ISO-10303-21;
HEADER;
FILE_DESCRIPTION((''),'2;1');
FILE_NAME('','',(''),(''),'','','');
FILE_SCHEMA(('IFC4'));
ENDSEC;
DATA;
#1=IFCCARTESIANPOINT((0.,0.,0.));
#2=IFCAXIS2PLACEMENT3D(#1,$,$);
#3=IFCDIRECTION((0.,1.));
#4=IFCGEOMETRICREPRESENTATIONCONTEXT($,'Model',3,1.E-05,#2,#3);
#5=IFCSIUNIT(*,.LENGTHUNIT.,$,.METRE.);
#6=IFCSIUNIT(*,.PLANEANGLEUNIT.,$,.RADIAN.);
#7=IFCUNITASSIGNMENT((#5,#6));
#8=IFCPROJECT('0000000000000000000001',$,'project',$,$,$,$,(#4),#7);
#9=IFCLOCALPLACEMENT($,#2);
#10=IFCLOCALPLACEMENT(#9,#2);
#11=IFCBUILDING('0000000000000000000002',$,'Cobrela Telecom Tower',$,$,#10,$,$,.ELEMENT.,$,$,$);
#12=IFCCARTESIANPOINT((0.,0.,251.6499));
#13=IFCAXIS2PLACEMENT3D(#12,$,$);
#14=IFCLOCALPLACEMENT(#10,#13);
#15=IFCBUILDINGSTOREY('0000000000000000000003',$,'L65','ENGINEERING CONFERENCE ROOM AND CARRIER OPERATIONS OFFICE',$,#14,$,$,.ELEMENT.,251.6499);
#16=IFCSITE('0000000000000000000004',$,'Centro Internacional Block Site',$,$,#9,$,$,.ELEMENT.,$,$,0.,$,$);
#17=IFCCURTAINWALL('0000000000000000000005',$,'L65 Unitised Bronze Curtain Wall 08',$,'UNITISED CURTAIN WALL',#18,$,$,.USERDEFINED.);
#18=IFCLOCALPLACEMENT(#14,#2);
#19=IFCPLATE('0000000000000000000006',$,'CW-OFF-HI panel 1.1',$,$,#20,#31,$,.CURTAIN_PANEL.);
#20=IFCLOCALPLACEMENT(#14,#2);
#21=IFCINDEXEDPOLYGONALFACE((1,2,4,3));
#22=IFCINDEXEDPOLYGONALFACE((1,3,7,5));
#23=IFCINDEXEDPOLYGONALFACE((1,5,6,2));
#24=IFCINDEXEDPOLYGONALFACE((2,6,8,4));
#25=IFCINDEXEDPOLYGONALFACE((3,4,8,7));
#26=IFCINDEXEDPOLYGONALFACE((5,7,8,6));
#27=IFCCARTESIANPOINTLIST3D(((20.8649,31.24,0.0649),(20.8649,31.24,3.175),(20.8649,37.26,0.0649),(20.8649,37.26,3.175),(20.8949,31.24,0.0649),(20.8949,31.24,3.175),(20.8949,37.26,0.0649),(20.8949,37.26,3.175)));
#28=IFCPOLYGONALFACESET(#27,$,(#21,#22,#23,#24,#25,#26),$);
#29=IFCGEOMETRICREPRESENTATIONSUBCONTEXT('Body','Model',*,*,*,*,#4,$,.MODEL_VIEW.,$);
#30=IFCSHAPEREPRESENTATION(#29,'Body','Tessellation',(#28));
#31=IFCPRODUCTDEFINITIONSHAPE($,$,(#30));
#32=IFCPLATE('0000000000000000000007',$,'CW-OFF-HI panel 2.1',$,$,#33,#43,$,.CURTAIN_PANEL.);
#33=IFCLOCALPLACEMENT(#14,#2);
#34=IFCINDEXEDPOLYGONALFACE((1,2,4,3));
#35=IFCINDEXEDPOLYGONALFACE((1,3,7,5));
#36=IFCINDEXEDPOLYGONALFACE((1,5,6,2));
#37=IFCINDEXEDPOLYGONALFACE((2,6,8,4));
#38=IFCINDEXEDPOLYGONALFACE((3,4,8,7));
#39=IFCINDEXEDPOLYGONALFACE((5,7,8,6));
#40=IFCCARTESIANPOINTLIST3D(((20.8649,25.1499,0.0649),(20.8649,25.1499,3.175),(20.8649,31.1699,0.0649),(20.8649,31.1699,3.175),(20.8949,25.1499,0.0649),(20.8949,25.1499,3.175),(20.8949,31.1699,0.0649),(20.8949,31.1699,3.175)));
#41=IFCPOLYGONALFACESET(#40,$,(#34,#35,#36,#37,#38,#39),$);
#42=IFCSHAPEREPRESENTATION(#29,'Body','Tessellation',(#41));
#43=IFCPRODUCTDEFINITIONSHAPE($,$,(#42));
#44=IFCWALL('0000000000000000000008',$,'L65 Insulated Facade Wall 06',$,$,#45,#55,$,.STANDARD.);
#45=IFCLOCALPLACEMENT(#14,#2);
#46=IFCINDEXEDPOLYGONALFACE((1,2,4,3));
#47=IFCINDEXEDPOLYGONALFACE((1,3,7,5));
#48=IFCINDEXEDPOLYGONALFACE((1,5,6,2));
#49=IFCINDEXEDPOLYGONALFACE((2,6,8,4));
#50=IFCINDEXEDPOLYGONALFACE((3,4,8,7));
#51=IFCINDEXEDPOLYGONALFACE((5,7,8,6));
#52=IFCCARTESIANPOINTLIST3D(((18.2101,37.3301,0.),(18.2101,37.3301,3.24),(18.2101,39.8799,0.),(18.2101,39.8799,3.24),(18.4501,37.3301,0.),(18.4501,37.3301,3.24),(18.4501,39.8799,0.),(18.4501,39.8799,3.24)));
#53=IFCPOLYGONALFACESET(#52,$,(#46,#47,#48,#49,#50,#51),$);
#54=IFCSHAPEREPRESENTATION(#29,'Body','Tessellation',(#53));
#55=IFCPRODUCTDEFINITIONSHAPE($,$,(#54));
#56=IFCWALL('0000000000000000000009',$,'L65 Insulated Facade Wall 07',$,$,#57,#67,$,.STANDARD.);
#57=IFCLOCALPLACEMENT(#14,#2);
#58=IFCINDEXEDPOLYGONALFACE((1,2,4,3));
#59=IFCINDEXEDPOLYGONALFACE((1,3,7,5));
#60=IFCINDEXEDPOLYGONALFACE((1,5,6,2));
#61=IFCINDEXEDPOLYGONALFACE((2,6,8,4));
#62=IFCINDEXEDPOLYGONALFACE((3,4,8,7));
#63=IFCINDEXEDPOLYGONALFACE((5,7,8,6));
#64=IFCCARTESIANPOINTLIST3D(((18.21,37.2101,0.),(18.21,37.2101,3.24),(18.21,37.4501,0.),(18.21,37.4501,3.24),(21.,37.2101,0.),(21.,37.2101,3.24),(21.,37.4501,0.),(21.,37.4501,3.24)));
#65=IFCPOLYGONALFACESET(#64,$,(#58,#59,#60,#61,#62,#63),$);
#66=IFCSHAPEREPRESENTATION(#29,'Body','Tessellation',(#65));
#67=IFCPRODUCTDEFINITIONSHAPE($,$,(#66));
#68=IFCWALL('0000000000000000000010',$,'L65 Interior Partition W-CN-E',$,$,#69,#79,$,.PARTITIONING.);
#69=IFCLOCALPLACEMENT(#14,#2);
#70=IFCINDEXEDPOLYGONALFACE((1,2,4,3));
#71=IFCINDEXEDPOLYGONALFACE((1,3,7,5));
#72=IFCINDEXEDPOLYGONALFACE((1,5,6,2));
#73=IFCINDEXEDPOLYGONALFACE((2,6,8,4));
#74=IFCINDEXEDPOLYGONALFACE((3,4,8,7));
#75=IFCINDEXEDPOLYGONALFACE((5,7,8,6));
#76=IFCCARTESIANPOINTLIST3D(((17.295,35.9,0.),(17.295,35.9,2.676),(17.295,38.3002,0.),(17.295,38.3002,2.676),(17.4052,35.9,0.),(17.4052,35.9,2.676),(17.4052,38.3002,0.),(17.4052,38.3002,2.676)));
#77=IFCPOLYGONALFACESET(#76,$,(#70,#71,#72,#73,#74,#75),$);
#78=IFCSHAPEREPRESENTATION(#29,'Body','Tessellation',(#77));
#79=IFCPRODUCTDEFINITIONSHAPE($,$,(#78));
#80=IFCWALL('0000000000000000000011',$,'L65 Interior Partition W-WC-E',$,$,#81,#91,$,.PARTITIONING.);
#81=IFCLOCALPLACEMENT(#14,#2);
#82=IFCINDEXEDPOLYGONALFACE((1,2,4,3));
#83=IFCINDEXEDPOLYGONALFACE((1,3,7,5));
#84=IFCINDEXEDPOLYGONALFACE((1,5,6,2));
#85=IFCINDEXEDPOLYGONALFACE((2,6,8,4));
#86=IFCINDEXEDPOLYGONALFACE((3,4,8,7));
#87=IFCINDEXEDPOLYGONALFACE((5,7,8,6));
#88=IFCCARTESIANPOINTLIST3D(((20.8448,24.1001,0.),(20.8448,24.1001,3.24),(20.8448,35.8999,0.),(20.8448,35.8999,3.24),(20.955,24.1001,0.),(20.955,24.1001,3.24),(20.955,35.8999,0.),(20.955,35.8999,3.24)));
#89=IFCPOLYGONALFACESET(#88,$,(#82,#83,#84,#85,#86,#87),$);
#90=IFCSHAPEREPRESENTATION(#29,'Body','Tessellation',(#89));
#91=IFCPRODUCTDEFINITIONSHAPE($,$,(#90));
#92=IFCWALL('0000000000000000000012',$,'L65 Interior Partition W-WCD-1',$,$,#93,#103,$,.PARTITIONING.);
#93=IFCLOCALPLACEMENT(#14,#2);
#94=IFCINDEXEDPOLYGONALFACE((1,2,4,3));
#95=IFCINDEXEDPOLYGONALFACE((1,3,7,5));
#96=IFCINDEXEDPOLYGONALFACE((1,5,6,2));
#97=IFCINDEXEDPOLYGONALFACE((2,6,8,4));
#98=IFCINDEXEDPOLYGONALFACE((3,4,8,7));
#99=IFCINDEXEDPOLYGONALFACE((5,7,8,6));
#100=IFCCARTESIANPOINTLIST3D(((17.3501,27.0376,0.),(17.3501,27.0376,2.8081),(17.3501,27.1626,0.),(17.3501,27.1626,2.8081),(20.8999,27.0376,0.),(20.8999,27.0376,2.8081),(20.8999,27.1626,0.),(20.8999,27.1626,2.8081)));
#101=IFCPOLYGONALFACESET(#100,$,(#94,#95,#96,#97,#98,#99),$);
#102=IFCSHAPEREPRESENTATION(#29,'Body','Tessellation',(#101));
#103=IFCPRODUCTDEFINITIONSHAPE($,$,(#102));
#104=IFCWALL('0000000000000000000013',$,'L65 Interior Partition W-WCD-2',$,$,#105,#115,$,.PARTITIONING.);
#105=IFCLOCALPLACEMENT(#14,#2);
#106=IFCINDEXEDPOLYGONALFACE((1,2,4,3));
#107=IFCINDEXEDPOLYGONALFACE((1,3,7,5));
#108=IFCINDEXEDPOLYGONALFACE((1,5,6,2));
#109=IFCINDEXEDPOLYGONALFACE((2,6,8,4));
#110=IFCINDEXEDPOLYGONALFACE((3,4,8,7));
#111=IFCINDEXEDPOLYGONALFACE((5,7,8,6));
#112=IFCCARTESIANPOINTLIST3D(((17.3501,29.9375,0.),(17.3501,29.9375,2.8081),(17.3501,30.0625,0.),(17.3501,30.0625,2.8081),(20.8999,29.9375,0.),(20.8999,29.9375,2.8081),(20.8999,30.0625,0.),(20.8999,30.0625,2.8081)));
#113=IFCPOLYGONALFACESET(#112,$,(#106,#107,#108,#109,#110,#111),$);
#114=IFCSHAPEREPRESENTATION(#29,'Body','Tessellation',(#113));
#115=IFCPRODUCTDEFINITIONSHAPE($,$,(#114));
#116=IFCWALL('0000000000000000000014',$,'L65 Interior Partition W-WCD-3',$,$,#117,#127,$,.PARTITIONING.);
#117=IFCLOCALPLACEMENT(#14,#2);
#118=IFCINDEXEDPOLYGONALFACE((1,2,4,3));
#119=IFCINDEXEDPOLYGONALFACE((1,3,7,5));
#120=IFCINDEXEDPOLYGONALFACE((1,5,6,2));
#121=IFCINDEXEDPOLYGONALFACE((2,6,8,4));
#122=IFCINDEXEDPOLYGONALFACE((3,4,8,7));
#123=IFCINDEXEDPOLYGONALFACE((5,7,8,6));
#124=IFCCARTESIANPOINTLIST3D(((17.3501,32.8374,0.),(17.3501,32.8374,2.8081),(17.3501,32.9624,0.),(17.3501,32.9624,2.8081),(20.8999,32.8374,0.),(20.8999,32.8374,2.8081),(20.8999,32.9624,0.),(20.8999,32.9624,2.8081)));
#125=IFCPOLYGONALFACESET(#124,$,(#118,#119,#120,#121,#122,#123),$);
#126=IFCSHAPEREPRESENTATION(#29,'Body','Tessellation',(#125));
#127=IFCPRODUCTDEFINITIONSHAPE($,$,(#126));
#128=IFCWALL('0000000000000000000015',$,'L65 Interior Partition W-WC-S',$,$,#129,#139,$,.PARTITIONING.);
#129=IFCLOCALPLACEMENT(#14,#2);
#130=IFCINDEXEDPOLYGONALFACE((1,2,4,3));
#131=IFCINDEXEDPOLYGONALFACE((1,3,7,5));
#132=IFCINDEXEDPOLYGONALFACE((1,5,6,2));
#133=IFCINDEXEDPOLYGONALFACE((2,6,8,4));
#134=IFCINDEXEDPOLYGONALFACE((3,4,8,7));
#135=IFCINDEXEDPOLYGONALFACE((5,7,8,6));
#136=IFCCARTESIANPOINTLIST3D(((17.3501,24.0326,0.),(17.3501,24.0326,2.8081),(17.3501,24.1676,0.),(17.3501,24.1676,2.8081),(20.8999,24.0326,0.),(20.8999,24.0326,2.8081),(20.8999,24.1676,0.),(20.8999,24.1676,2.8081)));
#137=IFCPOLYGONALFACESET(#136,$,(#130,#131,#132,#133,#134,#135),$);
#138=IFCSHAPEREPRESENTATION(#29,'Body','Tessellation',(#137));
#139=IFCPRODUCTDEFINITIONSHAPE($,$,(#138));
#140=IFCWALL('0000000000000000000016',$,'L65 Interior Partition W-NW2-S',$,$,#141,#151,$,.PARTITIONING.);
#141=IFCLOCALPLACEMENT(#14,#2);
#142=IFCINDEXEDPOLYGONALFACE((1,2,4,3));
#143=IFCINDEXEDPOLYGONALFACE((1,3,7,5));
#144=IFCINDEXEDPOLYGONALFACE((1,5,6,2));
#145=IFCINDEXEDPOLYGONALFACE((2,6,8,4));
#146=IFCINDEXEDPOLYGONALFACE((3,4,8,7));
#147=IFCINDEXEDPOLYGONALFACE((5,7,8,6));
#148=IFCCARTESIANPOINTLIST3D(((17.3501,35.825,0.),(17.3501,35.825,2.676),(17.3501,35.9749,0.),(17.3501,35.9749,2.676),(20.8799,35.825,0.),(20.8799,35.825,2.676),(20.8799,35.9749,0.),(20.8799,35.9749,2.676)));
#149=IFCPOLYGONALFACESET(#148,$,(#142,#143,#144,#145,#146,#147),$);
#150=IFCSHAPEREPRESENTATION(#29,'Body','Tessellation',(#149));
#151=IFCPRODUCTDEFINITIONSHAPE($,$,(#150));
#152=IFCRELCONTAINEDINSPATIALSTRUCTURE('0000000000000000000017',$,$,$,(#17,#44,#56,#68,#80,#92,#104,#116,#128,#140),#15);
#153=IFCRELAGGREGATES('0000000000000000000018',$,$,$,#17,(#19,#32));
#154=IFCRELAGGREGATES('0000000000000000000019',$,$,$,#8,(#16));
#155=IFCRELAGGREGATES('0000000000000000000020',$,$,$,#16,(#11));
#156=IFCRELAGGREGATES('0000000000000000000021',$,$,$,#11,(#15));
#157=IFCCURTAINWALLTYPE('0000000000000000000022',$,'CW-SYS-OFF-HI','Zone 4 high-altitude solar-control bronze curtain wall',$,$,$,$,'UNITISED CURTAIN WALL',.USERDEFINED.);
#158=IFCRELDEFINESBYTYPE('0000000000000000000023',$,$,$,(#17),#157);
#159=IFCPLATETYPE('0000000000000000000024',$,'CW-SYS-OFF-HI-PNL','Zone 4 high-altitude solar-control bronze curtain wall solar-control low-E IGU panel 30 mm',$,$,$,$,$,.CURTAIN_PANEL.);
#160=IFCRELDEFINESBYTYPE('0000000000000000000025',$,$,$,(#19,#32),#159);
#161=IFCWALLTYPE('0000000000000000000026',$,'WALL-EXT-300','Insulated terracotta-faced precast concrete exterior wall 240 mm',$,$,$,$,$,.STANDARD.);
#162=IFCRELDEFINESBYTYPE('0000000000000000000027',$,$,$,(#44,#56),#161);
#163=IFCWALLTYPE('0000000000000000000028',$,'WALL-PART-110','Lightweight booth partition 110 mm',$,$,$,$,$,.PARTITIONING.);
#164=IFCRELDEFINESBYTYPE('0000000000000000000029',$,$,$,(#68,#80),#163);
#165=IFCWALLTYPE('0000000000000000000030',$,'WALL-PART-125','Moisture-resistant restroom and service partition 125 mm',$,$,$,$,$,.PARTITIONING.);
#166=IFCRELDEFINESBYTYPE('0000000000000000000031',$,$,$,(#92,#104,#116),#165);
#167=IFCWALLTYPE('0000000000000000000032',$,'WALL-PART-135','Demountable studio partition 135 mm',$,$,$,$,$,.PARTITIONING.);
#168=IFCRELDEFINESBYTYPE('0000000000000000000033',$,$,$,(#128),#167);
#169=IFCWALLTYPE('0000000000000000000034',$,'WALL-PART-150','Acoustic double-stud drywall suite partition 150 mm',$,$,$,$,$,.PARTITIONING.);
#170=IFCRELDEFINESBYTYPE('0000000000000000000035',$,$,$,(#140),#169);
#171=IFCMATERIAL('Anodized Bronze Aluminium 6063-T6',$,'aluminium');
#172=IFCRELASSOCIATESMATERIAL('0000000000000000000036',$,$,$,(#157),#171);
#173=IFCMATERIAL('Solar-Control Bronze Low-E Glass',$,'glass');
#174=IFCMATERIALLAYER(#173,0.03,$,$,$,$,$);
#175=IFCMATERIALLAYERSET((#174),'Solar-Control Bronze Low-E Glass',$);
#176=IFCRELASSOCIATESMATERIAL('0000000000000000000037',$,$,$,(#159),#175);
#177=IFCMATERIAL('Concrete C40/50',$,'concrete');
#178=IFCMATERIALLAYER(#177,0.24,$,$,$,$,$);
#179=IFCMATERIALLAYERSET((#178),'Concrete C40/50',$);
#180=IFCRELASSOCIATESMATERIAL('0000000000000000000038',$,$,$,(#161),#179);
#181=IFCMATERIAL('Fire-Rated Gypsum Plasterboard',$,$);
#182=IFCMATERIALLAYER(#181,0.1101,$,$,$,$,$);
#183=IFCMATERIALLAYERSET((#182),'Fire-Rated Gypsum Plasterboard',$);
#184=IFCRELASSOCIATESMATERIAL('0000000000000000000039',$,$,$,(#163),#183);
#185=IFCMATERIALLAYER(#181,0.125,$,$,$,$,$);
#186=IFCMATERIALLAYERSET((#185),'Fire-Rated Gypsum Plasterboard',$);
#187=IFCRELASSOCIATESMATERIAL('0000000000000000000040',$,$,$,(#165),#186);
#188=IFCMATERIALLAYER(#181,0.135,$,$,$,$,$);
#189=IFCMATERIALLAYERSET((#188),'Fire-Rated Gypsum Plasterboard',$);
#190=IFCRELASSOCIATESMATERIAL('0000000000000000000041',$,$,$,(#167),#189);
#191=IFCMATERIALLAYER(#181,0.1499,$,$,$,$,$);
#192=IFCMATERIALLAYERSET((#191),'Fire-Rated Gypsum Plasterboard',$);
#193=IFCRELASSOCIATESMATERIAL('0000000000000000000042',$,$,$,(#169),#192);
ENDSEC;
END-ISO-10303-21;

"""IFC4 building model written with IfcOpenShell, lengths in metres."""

from ifc_helpers import new_model, si_unit, direction, frame, frame_2d, origin, origin_2d, place, context, subcontext, project, spatial, rectangle, extrude, material, layer, layer_set, type_object, element, aggregate, save


model = new_model("IFC4")

# Units and contexts
model_context = context("Model", 3, precision=1e-05, world=origin(), true_north=direction((0.0, 1.0)))
body_context = subcontext(model_context, "Body", "Model", "MODEL_VIEW")
ifc_project = project(units=[si_unit("LENGTHUNIT", "METRE"), si_unit("PLANEANGLEUNIT", "RADIAN")], contexts=[model_context])

# Site, building, storey
site_placement = place(None, origin())
site = spatial("IfcSite", under=ifc_project, at=site_placement, Name="Centro Internacional Block Site", CompositionType="ELEMENT", RefElevation=0.0)
building_placement = place(site_placement, origin())
building = spatial("IfcBuilding", under=site, at=building_placement, Name="Cobrela Telecom Tower", CompositionType="ELEMENT")
storey_placement = place(building_placement, frame((0.0, 0.0, 251.6499)))
storey = spatial("IfcBuildingStorey", under=building, at=storey_placement, Name="L65", Description="ENGINEERING CONFERENCE ROOM AND CARRIER OPERATIONS OFFICE", CompositionType="ELEMENT", Elevation=251.6499)

# Shared definitions
ifc_material_1 = material(Name="Anodized Bronze Aluminium 6063-T6", Category="aluminium")
curtain_wall_type = type_object("IfcCurtainWallType", Name="CW-SYS-OFF-HI", Description="Zone 4 high-altitude solar-control bronze curtain wall", ElementType="UNITISED CURTAIN WALL", PredefinedType="USERDEFINED", material=ifc_material_1)

# Curtain wall
curtain_wall_1_placement = place(storey_placement, origin())
curtain_wall_1 = element("IfcCurtainWall", 1, at=curtain_wall_1_placement, inside=storey, type_object=curtain_wall_type, Name="L65 Unitised Bronze Curtain Wall 08", ObjectType="UNITISED CURTAIN WALL", PredefinedType="USERDEFINED")

# Plates
ifc_material_2 = material(Name="Solar-Control Bronze Low-E Glass", Category="glass")
ifc_layer_1 = layer(ifc_material_2, 0.03)
ifc_layer_set_1 = layer_set([ifc_layer_1], Name="Solar-Control Bronze Low-E Glass")
plate_type = type_object("IfcPlateType", Name="CW-SYS-OFF-HI-PNL", Description="Zone 4 high-altitude solar-control bronze curtain wall solar-control low-E IGU panel 30 mm", PredefinedType="CURTAIN_PANEL", material=ifc_layer_set_1)
plate_1_placement = place(storey_placement, frame((20.8799, 34.25, 0.0649), z_axis=(0.0, 0.0, 1.0), x_axis=(0.0, -1.0, 0.0)))
plate_1 = element("IfcPlate", 2, at=plate_1_placement, type_object=plate_type, Name="CW-OFF-HI panel 1.1", PredefinedType="CURTAIN_PANEL", context=body_context, shape_type="SweptSolid", body=[
    extrude(rectangle(XDim=6.02, YDim=0.03, at=origin_2d()), origin(), (0.0, 0.0, 1.0), 3.1101),
])
plate_2_placement = place(storey_placement, frame((20.8799, 28.1599, 0.0649), z_axis=(0.0, 0.0, 1.0), x_axis=(0.0, -1.0, 0.0)))
plate_2 = element("IfcPlate", 3, at=plate_2_placement, type_object=plate_type, Name="CW-OFF-HI panel 2.1", PredefinedType="CURTAIN_PANEL", context=body_context, shape_type="SweptSolid", body=[
    extrude(rectangle(XDim=6.02, YDim=0.03, at=origin_2d()), origin(), (0.0, 0.0, 1.0), 3.1101),
])
aggregate(curtain_wall_1, [plate_1, plate_2])

# Walls
ifc_material_3 = material(Name="Concrete C40/50", Category="concrete")
ifc_layer_2 = layer(ifc_material_3, 0.24)
ifc_layer_set_2 = layer_set([ifc_layer_2], Name="Concrete C40/50")
wall_type_1 = type_object("IfcWallType", Name="WALL-EXT-300", Description="Insulated terracotta-faced precast concrete exterior wall 240 mm", PredefinedType="STANDARD", material=ifc_layer_set_2)
wall_1_placement = place(storey_placement, frame((18.3301, 39.8799, 0.0), z_axis=(0.0, 0.0, 1.0), x_axis=(0.0, -1.0, 0.0)))
element("IfcWall", 4, at=wall_1_placement, inside=storey, type_object=wall_type_1, Name="L65 Insulated Facade Wall 06", PredefinedType="STANDARD", context=body_context, shape_type="SweptSolid", body=[
    extrude(rectangle(XDim=2.5498, YDim=0.24, at=frame_2d((1.2749, 0.0))), origin(), (0.0, 0.0, 1.0), 3.24),
])
wall_2_placement = place(storey_placement, frame((18.21, 37.3301, 0.0), z_axis=(0.0, 0.0, 1.0), x_axis=(1.0, 0.0, 0.0)))
element("IfcWall", 5, at=wall_2_placement, inside=storey, type_object=wall_type_1, Name="L65 Insulated Facade Wall 07", PredefinedType="STANDARD", context=body_context, shape_type="SweptSolid", body=[
    extrude(rectangle(XDim=2.79, YDim=0.24, at=frame_2d((1.395, 0.0))), origin(), (0.0, 0.0, 1.0), 3.24),
])
ifc_material_4 = material(Name="Fire-Rated Gypsum Plasterboard")
ifc_layer_3 = layer(ifc_material_4, 0.1101)
ifc_layer_set_3 = layer_set([ifc_layer_3], Name="Fire-Rated Gypsum Plasterboard")
wall_type_2 = type_object("IfcWallType", Name="WALL-PART-110", Description="Lightweight booth partition 110 mm", PredefinedType="PARTITIONING", material=ifc_layer_set_3)
wall_3_placement = place(storey_placement, frame((17.3501, 35.8999, 0.0), z_axis=(0.0, 0.0, 1.0), x_axis=(0.0, 1.0, 0.0)))
element("IfcWall", 6, at=wall_3_placement, inside=storey, type_object=wall_type_2, Name="L65 Interior Partition W-CN-E", PredefinedType="PARTITIONING", context=body_context, shape_type="SweptSolid", body=[
    extrude(rectangle(XDim=2.4001, YDim=0.1101, at=frame_2d((1.2002, 0.0))), origin(), (0.0, 0.0, 1.0), 2.676),
])
wall_4_placement = place(storey_placement, frame((20.8999, 24.1001, 0.0), z_axis=(0.0, 0.0, 1.0), x_axis=(0.0, 1.0, 0.0)))
element("IfcWall", 7, at=wall_4_placement, inside=storey, type_object=wall_type_2, Name="L65 Interior Partition W-WC-E", PredefinedType="PARTITIONING", context=body_context, shape_type="SweptSolid", body=[
    extrude(rectangle(XDim=11.7998, YDim=0.1101, at=frame_2d((5.8999, 0.0))), origin(), (0.0, 0.0, 1.0), 3.24),
])
ifc_layer_4 = layer(ifc_material_4, 0.125)
ifc_layer_set_4 = layer_set([ifc_layer_4], Name="Fire-Rated Gypsum Plasterboard")
wall_type_3 = type_object("IfcWallType", Name="WALL-PART-125", Description="Moisture-resistant restroom and service partition 125 mm", PredefinedType="PARTITIONING", material=ifc_layer_set_4)
for number, where, z_axis, x_axis, name in (
    (8, (17.3501, 27.1001, 0.0), (0.0, 0.0, 1.0), (1.0, 0.0, 0.0), "L65 Interior Partition W-WCD-1"),
    (9, (17.3501, 30.0, 0.0), (0.0, 0.0, 1.0), (1.0, 0.0, 0.0), "L65 Interior Partition W-WCD-2"),
    (10, (17.3501, 32.8999, 0.0), (0.0, 0.0, 1.0), (1.0, 0.0, 0.0), "L65 Interior Partition W-WCD-3"),
):
    element("IfcWall", number, at=place(storey_placement, frame(where, z_axis=z_axis, x_axis=x_axis)), inside=storey, type_object=wall_type_3, Name=name, PredefinedType="PARTITIONING", context=body_context, shape_type="SweptSolid", body=[
        extrude(rectangle(XDim=3.5498, YDim=0.125, at=frame_2d((1.7749, 0.0))), origin(), (0.0, 0.0, 1.0), 2.8081),
    ])

# Shared definitions
ifc_layer_5 = layer(ifc_material_4, 0.135)
ifc_layer_set_5 = layer_set([ifc_layer_5], Name="Fire-Rated Gypsum Plasterboard")
wall_type_4 = type_object("IfcWallType", Name="WALL-PART-135", Description="Demountable studio partition 135 mm", PredefinedType="PARTITIONING", material=ifc_layer_set_5)

# Walls
wall_5_placement = place(storey_placement, frame((17.3501, 24.1001, 0.0), z_axis=(0.0, 0.0, 1.0), x_axis=(1.0, 0.0, 0.0)))
element("IfcWall", 11, at=wall_5_placement, inside=storey, type_object=wall_type_4, Name="L65 Interior Partition W-WC-S", PredefinedType="PARTITIONING", context=body_context, shape_type="SweptSolid", body=[
    extrude(rectangle(XDim=3.5498, YDim=0.135, at=frame_2d((1.7749, 0.0))), origin(), (0.0, 0.0, 1.0), 2.8081),
])
ifc_layer_6 = layer(ifc_material_4, 0.1499)
ifc_layer_set_6 = layer_set([ifc_layer_6], Name="Fire-Rated Gypsum Plasterboard")
wall_type_5 = type_object("IfcWallType", Name="WALL-PART-150", Description="Acoustic double-stud drywall suite partition 150 mm", PredefinedType="PARTITIONING", material=ifc_layer_set_6)
wall_6_placement = place(storey_placement, frame((17.3501, 35.8999, 0.0), z_axis=(0.0, 0.0, 1.0), x_axis=(1.0, 0.0, 0.0)))
element("IfcWall", 12, at=wall_6_placement, inside=storey, type_object=wall_type_5, Name="L65 Interior Partition W-NW2-S", PredefinedType="PARTITIONING", context=body_context, shape_type="SweptSolid", body=[
    extrude(rectangle(XDim=3.5298, YDim=0.1499, at=frame_2d((1.7649, 0.0))), origin(), (0.0, 0.0, 1.0), 2.676),
])

save(model, "model.ifc")
